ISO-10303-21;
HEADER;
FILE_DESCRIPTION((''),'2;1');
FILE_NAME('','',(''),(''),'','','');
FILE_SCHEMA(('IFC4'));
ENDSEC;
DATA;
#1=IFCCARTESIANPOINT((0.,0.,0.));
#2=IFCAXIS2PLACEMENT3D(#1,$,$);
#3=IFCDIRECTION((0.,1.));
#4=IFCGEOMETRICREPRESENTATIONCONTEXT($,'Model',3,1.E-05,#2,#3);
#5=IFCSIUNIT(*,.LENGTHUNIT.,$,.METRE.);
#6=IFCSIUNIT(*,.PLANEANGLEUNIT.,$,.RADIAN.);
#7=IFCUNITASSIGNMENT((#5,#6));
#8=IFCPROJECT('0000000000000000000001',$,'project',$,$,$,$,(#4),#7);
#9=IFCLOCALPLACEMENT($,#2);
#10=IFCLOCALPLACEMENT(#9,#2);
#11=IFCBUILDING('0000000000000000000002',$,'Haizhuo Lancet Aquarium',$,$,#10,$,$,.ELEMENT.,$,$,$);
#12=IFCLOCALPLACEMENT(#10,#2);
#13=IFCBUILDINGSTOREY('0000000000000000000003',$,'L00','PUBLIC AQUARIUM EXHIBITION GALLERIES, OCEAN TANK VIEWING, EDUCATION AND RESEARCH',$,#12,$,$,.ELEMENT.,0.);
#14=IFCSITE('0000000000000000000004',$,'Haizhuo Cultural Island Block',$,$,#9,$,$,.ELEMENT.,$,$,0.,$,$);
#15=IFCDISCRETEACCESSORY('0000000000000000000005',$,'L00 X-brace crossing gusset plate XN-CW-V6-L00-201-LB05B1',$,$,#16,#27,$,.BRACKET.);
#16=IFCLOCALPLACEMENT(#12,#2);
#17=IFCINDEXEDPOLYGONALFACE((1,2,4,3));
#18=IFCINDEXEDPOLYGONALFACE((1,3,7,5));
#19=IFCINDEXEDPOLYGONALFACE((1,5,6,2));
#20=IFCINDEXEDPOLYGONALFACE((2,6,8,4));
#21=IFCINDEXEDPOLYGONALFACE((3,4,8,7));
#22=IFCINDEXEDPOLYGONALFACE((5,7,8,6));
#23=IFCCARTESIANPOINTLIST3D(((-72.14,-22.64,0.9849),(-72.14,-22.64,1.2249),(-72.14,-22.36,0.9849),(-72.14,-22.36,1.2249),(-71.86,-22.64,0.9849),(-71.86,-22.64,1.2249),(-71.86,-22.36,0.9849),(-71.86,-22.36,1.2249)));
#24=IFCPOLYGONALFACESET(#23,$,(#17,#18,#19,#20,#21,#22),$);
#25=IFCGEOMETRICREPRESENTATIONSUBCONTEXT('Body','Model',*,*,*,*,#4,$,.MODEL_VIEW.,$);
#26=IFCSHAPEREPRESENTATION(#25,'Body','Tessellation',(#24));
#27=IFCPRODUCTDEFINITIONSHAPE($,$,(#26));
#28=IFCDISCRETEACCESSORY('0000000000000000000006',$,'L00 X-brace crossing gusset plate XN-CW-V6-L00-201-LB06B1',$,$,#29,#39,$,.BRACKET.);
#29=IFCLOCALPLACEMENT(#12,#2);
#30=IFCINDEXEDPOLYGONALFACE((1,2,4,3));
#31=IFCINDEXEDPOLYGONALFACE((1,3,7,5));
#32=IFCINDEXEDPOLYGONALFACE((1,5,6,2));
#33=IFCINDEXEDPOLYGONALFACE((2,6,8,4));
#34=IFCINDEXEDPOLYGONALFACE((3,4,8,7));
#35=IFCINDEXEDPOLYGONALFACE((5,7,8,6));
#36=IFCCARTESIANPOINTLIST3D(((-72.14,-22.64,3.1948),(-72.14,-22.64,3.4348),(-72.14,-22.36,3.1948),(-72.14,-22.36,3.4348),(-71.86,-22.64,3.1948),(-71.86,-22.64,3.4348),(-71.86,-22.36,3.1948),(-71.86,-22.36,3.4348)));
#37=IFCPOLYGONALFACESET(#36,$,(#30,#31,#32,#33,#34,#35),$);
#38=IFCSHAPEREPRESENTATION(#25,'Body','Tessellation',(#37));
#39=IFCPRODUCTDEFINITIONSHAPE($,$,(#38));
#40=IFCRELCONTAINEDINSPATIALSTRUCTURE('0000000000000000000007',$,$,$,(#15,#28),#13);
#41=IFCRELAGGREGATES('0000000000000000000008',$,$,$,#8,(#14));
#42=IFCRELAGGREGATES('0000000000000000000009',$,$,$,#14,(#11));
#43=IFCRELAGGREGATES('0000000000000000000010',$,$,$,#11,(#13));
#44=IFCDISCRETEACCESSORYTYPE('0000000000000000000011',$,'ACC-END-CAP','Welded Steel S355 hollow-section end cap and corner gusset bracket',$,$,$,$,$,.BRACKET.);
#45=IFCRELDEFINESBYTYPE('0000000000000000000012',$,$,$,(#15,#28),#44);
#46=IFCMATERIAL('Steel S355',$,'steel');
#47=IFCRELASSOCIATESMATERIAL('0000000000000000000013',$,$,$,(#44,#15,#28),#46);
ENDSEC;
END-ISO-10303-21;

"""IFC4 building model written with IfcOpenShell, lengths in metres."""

from ifc_helpers import new_model, si_unit, direction, frame, origin, origin_2d, place, context, subcontext, project, spatial, rectangle, extrude, material, type_object, element, save


model = new_model("IFC4")

# Units and contexts
model_context = context("Model", 3, precision=1e-05, world=origin(), true_north=direction((0.0, 1.0)))
body_context = subcontext(model_context, "Body", "Model", "MODEL_VIEW")
ifc_project = project(units=[si_unit("LENGTHUNIT", "METRE"), si_unit("PLANEANGLEUNIT", "RADIAN")], contexts=[model_context])

# Site, building, storey
site_placement = place(None, origin())
site = spatial("IfcSite", under=ifc_project, at=site_placement, Name="Haizhuo Cultural Island Block", CompositionType="ELEMENT", RefElevation=0.0)
building_placement = place(site_placement, origin())
building = spatial("IfcBuilding", under=site, at=building_placement, Name="Haizhuo Lancet Aquarium", CompositionType="ELEMENT")
storey_placement = place(building_placement, origin())
storey = spatial("IfcBuildingStorey", under=building, at=storey_placement, Name="L00", Description="PUBLIC AQUARIUM EXHIBITION GALLERIES, OCEAN TANK VIEWING, EDUCATION AND RESEARCH", CompositionType="ELEMENT", Elevation=0.0)

# Shared definitions
ifc_material_1 = material(Name="Steel S355", Category="steel")

# Discrete accessories
discrete_accessory_type = type_object("IfcDiscreteAccessoryType", Name="ACC-END-CAP", Description="Welded Steel S355 hollow-section end cap and corner gusset bracket", PredefinedType="BRACKET", material=ifc_material_1)
for number, where, z_axis, x_axis, name in (
    (1, (-72.0, -22.5, 0.9849), (0.0, 0.0, 1.0), (1.0, 0.0, 0.0), "L00 X-brace crossing gusset plate XN-CW-V6-L00-201-LB05B1"),
    (2, (-72.0, -22.5, 3.1948), (0.0, 0.0, 1.0), (1.0, 0.0, 0.0), "L00 X-brace crossing gusset plate XN-CW-V6-L00-201-LB06B1"),
):
    element("IfcDiscreteAccessory", number, at=place(storey_placement, frame(where, z_axis=z_axis, x_axis=x_axis)), inside=storey, type_object=discrete_accessory_type, material=ifc_material_1, Name=name, PredefinedType="BRACKET", context=body_context, shape_type="SweptSolid", body=[
        extrude(rectangle(XDim=0.28, YDim=0.28, at=origin_2d()), origin(), (0.0, 0.0, 1.0), 0.24),
    ])

save(model, "model.ifc")
